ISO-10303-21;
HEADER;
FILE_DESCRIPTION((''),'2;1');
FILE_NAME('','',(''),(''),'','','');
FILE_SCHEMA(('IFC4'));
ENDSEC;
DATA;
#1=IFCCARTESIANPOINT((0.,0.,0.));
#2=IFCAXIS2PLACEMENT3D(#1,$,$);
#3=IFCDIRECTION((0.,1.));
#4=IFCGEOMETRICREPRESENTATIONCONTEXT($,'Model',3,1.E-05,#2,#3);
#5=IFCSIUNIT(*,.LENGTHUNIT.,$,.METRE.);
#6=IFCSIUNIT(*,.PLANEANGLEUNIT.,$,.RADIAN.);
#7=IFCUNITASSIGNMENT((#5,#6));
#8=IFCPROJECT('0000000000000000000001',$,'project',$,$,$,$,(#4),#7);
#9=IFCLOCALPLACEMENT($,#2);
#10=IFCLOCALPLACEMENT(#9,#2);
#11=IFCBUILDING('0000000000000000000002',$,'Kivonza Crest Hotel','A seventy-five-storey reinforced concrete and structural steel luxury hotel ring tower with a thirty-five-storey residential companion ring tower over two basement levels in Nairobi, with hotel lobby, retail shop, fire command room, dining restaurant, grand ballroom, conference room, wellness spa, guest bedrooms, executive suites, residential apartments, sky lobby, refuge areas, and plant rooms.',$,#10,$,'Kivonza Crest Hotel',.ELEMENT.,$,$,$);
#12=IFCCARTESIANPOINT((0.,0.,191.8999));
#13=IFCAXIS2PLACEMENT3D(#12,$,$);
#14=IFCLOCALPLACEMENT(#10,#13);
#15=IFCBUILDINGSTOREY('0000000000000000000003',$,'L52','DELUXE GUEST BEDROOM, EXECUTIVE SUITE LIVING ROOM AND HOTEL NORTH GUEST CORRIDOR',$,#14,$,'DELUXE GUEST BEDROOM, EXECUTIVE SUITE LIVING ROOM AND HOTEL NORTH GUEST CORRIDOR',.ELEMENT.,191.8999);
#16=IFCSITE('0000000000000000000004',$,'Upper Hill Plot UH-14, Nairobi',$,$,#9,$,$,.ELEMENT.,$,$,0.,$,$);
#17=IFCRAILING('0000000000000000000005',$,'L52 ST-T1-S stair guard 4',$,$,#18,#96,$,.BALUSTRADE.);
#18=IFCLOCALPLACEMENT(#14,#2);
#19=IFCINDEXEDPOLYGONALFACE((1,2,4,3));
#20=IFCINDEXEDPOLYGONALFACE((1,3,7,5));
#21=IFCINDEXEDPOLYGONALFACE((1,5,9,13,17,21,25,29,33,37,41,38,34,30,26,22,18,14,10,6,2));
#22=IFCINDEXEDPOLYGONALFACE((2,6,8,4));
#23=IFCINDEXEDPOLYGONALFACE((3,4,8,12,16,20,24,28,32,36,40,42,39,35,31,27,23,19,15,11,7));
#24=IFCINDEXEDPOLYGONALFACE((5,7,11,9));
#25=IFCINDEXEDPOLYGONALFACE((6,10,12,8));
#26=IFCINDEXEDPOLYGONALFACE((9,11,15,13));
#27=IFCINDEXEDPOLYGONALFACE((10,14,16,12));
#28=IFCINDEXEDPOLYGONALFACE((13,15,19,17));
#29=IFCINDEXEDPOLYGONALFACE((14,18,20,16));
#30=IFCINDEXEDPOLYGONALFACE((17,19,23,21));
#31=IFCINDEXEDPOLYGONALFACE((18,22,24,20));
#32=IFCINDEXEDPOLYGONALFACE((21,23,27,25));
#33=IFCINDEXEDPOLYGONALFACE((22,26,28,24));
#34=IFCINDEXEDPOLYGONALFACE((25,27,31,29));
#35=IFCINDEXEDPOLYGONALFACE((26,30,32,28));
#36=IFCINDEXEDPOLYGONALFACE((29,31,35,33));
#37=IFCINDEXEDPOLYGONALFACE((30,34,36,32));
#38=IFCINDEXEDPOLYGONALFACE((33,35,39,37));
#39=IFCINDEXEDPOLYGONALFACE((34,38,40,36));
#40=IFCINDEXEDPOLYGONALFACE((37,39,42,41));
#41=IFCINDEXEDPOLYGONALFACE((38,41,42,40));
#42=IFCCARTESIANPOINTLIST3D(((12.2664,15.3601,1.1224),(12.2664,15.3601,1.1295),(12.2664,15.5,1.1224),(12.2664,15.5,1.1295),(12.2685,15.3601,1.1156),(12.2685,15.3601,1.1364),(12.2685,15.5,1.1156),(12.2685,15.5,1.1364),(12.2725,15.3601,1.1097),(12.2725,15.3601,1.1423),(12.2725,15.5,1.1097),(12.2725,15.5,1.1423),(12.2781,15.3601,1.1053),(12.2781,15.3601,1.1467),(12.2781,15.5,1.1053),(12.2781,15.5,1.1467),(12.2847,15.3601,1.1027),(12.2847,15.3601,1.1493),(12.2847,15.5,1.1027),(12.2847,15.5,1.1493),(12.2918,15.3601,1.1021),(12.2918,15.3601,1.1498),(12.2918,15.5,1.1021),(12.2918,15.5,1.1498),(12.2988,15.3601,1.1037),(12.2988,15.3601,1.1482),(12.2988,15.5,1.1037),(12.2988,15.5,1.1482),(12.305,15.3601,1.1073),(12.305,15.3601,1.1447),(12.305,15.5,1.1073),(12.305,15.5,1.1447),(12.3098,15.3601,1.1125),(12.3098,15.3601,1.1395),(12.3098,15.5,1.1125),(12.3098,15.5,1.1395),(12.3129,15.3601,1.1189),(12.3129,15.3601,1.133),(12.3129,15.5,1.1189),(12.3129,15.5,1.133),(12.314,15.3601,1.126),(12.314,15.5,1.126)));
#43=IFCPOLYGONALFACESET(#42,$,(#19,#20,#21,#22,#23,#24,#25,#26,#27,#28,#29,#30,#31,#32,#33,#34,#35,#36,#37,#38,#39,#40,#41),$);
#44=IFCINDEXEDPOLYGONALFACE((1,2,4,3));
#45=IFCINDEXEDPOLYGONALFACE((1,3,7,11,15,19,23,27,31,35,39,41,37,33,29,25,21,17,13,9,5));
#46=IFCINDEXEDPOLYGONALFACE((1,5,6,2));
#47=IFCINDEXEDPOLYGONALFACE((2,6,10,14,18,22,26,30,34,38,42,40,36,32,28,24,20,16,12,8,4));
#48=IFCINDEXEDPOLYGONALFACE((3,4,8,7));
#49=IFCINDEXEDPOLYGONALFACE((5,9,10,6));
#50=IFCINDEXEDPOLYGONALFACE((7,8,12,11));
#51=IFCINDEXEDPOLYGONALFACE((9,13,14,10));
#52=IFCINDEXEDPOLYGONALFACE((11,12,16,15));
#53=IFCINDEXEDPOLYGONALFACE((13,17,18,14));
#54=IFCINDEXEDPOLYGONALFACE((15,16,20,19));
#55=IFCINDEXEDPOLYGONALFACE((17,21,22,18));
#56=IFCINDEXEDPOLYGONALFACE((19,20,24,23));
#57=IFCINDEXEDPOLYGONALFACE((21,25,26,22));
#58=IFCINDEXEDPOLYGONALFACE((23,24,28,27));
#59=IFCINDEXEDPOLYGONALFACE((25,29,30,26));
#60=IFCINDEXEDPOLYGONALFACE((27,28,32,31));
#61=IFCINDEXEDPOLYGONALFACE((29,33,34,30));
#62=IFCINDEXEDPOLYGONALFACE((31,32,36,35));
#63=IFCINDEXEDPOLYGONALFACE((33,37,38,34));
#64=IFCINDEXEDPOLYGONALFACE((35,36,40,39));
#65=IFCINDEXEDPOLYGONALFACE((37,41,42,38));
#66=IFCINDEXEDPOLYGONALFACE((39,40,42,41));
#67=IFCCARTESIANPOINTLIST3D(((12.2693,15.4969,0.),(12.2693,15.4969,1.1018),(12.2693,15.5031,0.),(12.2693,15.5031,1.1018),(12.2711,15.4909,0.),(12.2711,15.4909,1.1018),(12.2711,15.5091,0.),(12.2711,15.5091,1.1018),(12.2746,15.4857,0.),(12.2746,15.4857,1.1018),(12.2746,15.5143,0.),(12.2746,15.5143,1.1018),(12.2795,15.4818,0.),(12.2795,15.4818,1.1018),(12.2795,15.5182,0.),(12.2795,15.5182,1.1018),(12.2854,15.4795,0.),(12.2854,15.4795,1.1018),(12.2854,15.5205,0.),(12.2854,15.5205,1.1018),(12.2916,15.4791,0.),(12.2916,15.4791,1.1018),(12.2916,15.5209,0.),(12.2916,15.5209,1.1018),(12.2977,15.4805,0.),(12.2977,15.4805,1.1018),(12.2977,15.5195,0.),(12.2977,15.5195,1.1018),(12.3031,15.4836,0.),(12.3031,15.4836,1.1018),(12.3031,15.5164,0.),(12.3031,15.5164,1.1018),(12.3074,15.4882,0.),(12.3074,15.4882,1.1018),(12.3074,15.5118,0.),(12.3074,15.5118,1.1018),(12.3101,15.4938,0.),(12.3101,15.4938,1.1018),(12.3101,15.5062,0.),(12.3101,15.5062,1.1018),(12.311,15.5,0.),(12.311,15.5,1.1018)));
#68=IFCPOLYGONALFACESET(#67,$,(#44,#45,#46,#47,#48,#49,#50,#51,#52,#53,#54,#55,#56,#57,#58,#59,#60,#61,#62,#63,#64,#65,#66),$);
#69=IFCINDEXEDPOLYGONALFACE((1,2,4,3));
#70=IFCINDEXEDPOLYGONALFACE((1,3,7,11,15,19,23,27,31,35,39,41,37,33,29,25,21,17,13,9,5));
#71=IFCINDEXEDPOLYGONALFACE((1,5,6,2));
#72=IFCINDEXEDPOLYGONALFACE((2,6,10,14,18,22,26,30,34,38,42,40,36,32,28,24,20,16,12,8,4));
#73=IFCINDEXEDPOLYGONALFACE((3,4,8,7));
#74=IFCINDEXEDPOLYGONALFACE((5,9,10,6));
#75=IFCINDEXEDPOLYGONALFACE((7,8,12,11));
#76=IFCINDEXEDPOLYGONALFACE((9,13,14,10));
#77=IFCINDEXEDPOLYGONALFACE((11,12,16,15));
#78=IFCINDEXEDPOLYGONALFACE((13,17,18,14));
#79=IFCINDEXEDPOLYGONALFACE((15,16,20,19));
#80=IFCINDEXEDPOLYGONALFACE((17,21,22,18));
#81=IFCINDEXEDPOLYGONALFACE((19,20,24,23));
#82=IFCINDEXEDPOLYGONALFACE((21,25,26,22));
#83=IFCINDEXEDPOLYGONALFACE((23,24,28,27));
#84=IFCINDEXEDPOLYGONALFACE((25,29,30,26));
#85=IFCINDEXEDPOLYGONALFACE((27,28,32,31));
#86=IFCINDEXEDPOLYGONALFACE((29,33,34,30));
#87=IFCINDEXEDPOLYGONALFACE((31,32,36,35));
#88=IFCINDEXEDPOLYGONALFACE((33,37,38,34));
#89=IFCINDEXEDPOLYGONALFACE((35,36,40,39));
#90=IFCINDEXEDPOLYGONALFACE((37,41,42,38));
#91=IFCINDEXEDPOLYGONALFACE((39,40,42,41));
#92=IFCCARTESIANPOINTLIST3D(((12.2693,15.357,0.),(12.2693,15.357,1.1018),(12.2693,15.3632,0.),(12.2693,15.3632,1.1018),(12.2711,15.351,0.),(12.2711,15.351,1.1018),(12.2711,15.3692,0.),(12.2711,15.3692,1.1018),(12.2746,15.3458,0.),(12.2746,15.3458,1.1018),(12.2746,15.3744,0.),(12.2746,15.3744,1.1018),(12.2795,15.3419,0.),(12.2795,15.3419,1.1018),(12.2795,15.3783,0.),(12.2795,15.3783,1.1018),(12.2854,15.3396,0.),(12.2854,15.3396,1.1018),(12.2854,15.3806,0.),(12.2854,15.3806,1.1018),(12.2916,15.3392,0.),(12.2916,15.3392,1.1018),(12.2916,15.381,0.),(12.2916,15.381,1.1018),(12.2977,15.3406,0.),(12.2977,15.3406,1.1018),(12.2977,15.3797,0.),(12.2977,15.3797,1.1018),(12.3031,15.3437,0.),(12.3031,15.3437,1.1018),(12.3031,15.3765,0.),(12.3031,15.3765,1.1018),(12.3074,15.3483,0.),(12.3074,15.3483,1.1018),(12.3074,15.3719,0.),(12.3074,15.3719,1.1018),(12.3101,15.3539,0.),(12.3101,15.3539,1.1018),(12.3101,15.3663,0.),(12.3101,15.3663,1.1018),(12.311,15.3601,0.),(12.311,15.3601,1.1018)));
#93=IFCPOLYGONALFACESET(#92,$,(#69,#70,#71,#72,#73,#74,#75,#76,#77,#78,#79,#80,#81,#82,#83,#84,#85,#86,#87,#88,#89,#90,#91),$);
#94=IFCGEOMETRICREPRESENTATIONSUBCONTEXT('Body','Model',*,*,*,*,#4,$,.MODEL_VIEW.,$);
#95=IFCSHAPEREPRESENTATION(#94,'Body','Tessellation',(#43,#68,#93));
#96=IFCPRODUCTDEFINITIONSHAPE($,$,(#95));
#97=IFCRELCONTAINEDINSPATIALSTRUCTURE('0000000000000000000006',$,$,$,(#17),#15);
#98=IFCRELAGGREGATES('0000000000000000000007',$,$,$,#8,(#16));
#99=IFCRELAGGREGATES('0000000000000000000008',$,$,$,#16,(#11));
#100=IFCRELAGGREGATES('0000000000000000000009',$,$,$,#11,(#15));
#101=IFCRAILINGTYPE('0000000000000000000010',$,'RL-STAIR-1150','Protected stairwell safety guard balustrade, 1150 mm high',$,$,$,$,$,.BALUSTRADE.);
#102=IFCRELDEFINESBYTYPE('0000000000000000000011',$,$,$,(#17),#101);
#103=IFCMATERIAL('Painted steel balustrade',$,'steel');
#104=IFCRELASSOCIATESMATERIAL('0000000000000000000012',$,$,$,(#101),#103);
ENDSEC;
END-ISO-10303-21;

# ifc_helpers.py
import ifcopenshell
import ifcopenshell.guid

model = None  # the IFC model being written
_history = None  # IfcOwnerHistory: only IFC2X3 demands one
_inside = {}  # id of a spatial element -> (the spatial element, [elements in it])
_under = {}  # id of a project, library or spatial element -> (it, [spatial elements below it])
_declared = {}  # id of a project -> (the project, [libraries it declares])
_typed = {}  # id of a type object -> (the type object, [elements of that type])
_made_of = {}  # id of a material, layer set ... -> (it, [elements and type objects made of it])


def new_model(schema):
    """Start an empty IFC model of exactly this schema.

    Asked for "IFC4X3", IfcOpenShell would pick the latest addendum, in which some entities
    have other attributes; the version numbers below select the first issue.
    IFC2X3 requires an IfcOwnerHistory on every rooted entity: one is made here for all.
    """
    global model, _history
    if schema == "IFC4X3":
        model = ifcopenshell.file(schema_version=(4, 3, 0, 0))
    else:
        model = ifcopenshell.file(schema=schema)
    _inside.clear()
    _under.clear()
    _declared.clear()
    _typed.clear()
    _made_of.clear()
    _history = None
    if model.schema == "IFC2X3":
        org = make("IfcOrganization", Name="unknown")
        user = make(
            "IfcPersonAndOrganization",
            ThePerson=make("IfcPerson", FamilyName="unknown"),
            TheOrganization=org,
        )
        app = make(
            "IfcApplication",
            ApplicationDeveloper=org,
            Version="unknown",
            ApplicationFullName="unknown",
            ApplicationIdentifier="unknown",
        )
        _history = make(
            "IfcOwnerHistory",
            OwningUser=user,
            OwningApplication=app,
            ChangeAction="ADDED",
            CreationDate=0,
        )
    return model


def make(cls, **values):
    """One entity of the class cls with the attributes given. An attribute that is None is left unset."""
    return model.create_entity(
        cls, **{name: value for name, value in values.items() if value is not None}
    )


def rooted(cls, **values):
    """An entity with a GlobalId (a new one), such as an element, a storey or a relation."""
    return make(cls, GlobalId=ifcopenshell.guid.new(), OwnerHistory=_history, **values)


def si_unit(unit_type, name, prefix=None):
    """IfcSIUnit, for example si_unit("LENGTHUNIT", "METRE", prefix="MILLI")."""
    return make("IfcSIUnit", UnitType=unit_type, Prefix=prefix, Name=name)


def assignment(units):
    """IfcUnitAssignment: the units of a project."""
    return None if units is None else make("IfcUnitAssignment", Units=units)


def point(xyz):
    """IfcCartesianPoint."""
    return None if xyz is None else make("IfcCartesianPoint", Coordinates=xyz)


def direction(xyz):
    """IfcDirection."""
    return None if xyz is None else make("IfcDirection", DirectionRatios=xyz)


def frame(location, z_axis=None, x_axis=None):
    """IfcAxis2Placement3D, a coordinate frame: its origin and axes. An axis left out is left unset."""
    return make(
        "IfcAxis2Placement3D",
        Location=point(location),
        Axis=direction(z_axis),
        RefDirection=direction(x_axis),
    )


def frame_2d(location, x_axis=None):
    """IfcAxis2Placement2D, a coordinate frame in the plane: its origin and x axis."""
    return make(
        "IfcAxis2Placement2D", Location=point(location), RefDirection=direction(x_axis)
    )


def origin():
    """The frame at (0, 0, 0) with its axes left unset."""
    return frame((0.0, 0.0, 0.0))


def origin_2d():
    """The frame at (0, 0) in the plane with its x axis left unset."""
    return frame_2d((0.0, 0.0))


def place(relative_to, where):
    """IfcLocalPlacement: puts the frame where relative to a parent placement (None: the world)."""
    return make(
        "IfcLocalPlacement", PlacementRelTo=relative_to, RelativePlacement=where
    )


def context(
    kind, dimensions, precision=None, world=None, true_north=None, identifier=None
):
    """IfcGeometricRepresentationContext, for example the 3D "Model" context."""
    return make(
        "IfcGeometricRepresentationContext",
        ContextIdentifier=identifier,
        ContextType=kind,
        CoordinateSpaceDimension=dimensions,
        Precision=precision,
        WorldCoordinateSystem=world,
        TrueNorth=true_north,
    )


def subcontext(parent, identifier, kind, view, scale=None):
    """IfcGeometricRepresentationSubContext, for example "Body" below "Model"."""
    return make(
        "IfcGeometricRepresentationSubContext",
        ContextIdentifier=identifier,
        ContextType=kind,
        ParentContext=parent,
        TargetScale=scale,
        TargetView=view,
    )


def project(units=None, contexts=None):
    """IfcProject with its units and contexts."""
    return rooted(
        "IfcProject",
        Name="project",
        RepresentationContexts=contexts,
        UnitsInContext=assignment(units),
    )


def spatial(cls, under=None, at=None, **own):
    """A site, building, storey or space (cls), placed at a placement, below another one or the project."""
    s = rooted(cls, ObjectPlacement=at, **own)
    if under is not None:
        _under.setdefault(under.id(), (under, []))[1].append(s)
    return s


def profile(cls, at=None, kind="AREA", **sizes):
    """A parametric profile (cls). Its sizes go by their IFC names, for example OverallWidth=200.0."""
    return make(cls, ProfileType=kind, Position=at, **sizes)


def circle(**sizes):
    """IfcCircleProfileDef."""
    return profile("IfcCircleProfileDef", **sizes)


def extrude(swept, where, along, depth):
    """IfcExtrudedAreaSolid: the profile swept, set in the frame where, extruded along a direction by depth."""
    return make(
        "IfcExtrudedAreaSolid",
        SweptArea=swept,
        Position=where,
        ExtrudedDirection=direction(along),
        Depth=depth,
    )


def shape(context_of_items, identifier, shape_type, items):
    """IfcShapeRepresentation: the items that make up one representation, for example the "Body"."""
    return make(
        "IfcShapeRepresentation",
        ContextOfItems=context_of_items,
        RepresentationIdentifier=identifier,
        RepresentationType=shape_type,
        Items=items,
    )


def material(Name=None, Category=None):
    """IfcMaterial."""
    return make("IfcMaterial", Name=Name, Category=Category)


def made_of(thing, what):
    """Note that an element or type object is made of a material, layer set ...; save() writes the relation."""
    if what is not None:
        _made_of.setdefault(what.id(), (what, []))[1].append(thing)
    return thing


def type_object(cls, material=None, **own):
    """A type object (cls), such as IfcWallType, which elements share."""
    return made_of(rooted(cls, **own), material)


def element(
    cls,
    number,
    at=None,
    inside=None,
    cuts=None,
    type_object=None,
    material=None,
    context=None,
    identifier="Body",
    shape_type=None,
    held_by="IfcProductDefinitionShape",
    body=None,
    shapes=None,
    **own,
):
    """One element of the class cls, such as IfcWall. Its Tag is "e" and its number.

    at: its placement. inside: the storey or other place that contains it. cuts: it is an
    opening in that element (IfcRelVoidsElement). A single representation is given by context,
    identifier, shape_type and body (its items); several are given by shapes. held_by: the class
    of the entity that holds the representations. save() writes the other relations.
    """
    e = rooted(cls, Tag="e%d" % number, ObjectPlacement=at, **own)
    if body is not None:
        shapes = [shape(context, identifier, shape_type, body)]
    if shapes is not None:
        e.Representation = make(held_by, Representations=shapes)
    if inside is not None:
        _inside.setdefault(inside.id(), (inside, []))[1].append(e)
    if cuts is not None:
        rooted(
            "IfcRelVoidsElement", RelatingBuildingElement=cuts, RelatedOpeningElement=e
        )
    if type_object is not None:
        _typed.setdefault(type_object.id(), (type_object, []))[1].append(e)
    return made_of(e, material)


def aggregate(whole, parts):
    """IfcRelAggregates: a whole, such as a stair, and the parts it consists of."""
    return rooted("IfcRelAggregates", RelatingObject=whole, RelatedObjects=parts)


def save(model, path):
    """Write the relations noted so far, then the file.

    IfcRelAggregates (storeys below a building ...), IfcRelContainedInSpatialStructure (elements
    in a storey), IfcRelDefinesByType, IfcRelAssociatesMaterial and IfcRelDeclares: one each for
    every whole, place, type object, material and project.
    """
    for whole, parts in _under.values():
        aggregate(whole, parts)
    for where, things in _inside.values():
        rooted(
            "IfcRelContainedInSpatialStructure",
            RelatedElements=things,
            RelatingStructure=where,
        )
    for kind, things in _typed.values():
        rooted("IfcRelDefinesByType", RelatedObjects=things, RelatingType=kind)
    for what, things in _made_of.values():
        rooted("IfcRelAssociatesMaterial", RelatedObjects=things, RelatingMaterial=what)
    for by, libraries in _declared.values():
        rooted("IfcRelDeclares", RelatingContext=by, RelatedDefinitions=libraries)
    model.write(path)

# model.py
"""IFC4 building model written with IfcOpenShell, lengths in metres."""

from ifc_helpers import new_model, si_unit, direction, frame, origin, origin_2d, place, context, subcontext, project, spatial, circle, extrude, material, type_object, element, save


model = new_model("IFC4")

# Units and contexts
model_context = context("Model", 3, precision=1e-05, world=origin(), true_north=direction((0.0, 1.0)))
body_context = subcontext(model_context, "Body", "Model", "MODEL_VIEW")
ifc_project = project(units=[si_unit("LENGTHUNIT", "METRE"), si_unit("PLANEANGLEUNIT", "RADIAN")], contexts=[model_context])

# Site, building, storey
site_placement = place(None, origin())
site = spatial("IfcSite", under=ifc_project, at=site_placement, Name="Upper Hill Plot UH-14, Nairobi", CompositionType="ELEMENT", RefElevation=0.0)
building_placement = place(site_placement, origin())
building = spatial("IfcBuilding", under=site, at=building_placement, Name="Kivonza Crest Hotel", Description="A seventy-five-storey reinforced concrete and structural steel luxury hotel ring tower with a thirty-five-storey residential companion ring tower over two basement levels in Nairobi, with hotel lobby, retail shop, fire command room, dining restaurant, grand ballroom, conference room, wellness spa, guest bedrooms, executive suites, residential apartments, sky lobby, refuge areas, and plant rooms.", LongName="Kivonza Crest Hotel", CompositionType="ELEMENT")
storey_placement = place(building_placement, frame((0.0, 0.0, 191.8999)))
storey = spatial("IfcBuildingStorey", under=building, at=storey_placement, Name="L52", Description="DELUXE GUEST BEDROOM, EXECUTIVE SUITE LIVING ROOM AND HOTEL NORTH GUEST CORRIDOR", LongName="DELUXE GUEST BEDROOM, EXECUTIVE SUITE LIVING ROOM AND HOTEL NORTH GUEST CORRIDOR", CompositionType="ELEMENT", Elevation=191.8999)

# Railing
ifc_material_1 = material(Name="Painted steel balustrade", Category="steel")
railing_type_1 = type_object("IfcRailingType", Name="RL-STAIR-1150", Description="Protected stairwell safety guard balustrade, 1150 mm high", PredefinedType="BALUSTRADE", material=ifc_material_1)
railing_1_placement = place(storey_placement, frame((12.29, 15.5, 0.0)))
element("IfcRailing", 1, at=railing_1_placement, inside=storey, type_object=railing_type_1, Name="L52 ST-T1-S stair guard 4", PredefinedType="BALUSTRADE", context=body_context, shape_type="SweptSolid", body=[
    extrude(circle(Radius=0.0239, at=origin_2d()), frame((0.0, 0.0, 1.126), z_axis=(0.0, -1.0, 0.0), x_axis=(1.0, 0.0, 0.0)), (0.0, 0.0, 1.0), 0.1399),
    extrude(circle(Radius=0.021, at=origin_2d()), origin(), (0.0, 0.0, 1.0), 1.1018),
    extrude(circle(Radius=0.021, at=origin_2d()), frame((0.0, -0.1399, 0.0)), (0.0, 0.0, 1.0), 1.1018),
])

save(model, "model.ifc")
